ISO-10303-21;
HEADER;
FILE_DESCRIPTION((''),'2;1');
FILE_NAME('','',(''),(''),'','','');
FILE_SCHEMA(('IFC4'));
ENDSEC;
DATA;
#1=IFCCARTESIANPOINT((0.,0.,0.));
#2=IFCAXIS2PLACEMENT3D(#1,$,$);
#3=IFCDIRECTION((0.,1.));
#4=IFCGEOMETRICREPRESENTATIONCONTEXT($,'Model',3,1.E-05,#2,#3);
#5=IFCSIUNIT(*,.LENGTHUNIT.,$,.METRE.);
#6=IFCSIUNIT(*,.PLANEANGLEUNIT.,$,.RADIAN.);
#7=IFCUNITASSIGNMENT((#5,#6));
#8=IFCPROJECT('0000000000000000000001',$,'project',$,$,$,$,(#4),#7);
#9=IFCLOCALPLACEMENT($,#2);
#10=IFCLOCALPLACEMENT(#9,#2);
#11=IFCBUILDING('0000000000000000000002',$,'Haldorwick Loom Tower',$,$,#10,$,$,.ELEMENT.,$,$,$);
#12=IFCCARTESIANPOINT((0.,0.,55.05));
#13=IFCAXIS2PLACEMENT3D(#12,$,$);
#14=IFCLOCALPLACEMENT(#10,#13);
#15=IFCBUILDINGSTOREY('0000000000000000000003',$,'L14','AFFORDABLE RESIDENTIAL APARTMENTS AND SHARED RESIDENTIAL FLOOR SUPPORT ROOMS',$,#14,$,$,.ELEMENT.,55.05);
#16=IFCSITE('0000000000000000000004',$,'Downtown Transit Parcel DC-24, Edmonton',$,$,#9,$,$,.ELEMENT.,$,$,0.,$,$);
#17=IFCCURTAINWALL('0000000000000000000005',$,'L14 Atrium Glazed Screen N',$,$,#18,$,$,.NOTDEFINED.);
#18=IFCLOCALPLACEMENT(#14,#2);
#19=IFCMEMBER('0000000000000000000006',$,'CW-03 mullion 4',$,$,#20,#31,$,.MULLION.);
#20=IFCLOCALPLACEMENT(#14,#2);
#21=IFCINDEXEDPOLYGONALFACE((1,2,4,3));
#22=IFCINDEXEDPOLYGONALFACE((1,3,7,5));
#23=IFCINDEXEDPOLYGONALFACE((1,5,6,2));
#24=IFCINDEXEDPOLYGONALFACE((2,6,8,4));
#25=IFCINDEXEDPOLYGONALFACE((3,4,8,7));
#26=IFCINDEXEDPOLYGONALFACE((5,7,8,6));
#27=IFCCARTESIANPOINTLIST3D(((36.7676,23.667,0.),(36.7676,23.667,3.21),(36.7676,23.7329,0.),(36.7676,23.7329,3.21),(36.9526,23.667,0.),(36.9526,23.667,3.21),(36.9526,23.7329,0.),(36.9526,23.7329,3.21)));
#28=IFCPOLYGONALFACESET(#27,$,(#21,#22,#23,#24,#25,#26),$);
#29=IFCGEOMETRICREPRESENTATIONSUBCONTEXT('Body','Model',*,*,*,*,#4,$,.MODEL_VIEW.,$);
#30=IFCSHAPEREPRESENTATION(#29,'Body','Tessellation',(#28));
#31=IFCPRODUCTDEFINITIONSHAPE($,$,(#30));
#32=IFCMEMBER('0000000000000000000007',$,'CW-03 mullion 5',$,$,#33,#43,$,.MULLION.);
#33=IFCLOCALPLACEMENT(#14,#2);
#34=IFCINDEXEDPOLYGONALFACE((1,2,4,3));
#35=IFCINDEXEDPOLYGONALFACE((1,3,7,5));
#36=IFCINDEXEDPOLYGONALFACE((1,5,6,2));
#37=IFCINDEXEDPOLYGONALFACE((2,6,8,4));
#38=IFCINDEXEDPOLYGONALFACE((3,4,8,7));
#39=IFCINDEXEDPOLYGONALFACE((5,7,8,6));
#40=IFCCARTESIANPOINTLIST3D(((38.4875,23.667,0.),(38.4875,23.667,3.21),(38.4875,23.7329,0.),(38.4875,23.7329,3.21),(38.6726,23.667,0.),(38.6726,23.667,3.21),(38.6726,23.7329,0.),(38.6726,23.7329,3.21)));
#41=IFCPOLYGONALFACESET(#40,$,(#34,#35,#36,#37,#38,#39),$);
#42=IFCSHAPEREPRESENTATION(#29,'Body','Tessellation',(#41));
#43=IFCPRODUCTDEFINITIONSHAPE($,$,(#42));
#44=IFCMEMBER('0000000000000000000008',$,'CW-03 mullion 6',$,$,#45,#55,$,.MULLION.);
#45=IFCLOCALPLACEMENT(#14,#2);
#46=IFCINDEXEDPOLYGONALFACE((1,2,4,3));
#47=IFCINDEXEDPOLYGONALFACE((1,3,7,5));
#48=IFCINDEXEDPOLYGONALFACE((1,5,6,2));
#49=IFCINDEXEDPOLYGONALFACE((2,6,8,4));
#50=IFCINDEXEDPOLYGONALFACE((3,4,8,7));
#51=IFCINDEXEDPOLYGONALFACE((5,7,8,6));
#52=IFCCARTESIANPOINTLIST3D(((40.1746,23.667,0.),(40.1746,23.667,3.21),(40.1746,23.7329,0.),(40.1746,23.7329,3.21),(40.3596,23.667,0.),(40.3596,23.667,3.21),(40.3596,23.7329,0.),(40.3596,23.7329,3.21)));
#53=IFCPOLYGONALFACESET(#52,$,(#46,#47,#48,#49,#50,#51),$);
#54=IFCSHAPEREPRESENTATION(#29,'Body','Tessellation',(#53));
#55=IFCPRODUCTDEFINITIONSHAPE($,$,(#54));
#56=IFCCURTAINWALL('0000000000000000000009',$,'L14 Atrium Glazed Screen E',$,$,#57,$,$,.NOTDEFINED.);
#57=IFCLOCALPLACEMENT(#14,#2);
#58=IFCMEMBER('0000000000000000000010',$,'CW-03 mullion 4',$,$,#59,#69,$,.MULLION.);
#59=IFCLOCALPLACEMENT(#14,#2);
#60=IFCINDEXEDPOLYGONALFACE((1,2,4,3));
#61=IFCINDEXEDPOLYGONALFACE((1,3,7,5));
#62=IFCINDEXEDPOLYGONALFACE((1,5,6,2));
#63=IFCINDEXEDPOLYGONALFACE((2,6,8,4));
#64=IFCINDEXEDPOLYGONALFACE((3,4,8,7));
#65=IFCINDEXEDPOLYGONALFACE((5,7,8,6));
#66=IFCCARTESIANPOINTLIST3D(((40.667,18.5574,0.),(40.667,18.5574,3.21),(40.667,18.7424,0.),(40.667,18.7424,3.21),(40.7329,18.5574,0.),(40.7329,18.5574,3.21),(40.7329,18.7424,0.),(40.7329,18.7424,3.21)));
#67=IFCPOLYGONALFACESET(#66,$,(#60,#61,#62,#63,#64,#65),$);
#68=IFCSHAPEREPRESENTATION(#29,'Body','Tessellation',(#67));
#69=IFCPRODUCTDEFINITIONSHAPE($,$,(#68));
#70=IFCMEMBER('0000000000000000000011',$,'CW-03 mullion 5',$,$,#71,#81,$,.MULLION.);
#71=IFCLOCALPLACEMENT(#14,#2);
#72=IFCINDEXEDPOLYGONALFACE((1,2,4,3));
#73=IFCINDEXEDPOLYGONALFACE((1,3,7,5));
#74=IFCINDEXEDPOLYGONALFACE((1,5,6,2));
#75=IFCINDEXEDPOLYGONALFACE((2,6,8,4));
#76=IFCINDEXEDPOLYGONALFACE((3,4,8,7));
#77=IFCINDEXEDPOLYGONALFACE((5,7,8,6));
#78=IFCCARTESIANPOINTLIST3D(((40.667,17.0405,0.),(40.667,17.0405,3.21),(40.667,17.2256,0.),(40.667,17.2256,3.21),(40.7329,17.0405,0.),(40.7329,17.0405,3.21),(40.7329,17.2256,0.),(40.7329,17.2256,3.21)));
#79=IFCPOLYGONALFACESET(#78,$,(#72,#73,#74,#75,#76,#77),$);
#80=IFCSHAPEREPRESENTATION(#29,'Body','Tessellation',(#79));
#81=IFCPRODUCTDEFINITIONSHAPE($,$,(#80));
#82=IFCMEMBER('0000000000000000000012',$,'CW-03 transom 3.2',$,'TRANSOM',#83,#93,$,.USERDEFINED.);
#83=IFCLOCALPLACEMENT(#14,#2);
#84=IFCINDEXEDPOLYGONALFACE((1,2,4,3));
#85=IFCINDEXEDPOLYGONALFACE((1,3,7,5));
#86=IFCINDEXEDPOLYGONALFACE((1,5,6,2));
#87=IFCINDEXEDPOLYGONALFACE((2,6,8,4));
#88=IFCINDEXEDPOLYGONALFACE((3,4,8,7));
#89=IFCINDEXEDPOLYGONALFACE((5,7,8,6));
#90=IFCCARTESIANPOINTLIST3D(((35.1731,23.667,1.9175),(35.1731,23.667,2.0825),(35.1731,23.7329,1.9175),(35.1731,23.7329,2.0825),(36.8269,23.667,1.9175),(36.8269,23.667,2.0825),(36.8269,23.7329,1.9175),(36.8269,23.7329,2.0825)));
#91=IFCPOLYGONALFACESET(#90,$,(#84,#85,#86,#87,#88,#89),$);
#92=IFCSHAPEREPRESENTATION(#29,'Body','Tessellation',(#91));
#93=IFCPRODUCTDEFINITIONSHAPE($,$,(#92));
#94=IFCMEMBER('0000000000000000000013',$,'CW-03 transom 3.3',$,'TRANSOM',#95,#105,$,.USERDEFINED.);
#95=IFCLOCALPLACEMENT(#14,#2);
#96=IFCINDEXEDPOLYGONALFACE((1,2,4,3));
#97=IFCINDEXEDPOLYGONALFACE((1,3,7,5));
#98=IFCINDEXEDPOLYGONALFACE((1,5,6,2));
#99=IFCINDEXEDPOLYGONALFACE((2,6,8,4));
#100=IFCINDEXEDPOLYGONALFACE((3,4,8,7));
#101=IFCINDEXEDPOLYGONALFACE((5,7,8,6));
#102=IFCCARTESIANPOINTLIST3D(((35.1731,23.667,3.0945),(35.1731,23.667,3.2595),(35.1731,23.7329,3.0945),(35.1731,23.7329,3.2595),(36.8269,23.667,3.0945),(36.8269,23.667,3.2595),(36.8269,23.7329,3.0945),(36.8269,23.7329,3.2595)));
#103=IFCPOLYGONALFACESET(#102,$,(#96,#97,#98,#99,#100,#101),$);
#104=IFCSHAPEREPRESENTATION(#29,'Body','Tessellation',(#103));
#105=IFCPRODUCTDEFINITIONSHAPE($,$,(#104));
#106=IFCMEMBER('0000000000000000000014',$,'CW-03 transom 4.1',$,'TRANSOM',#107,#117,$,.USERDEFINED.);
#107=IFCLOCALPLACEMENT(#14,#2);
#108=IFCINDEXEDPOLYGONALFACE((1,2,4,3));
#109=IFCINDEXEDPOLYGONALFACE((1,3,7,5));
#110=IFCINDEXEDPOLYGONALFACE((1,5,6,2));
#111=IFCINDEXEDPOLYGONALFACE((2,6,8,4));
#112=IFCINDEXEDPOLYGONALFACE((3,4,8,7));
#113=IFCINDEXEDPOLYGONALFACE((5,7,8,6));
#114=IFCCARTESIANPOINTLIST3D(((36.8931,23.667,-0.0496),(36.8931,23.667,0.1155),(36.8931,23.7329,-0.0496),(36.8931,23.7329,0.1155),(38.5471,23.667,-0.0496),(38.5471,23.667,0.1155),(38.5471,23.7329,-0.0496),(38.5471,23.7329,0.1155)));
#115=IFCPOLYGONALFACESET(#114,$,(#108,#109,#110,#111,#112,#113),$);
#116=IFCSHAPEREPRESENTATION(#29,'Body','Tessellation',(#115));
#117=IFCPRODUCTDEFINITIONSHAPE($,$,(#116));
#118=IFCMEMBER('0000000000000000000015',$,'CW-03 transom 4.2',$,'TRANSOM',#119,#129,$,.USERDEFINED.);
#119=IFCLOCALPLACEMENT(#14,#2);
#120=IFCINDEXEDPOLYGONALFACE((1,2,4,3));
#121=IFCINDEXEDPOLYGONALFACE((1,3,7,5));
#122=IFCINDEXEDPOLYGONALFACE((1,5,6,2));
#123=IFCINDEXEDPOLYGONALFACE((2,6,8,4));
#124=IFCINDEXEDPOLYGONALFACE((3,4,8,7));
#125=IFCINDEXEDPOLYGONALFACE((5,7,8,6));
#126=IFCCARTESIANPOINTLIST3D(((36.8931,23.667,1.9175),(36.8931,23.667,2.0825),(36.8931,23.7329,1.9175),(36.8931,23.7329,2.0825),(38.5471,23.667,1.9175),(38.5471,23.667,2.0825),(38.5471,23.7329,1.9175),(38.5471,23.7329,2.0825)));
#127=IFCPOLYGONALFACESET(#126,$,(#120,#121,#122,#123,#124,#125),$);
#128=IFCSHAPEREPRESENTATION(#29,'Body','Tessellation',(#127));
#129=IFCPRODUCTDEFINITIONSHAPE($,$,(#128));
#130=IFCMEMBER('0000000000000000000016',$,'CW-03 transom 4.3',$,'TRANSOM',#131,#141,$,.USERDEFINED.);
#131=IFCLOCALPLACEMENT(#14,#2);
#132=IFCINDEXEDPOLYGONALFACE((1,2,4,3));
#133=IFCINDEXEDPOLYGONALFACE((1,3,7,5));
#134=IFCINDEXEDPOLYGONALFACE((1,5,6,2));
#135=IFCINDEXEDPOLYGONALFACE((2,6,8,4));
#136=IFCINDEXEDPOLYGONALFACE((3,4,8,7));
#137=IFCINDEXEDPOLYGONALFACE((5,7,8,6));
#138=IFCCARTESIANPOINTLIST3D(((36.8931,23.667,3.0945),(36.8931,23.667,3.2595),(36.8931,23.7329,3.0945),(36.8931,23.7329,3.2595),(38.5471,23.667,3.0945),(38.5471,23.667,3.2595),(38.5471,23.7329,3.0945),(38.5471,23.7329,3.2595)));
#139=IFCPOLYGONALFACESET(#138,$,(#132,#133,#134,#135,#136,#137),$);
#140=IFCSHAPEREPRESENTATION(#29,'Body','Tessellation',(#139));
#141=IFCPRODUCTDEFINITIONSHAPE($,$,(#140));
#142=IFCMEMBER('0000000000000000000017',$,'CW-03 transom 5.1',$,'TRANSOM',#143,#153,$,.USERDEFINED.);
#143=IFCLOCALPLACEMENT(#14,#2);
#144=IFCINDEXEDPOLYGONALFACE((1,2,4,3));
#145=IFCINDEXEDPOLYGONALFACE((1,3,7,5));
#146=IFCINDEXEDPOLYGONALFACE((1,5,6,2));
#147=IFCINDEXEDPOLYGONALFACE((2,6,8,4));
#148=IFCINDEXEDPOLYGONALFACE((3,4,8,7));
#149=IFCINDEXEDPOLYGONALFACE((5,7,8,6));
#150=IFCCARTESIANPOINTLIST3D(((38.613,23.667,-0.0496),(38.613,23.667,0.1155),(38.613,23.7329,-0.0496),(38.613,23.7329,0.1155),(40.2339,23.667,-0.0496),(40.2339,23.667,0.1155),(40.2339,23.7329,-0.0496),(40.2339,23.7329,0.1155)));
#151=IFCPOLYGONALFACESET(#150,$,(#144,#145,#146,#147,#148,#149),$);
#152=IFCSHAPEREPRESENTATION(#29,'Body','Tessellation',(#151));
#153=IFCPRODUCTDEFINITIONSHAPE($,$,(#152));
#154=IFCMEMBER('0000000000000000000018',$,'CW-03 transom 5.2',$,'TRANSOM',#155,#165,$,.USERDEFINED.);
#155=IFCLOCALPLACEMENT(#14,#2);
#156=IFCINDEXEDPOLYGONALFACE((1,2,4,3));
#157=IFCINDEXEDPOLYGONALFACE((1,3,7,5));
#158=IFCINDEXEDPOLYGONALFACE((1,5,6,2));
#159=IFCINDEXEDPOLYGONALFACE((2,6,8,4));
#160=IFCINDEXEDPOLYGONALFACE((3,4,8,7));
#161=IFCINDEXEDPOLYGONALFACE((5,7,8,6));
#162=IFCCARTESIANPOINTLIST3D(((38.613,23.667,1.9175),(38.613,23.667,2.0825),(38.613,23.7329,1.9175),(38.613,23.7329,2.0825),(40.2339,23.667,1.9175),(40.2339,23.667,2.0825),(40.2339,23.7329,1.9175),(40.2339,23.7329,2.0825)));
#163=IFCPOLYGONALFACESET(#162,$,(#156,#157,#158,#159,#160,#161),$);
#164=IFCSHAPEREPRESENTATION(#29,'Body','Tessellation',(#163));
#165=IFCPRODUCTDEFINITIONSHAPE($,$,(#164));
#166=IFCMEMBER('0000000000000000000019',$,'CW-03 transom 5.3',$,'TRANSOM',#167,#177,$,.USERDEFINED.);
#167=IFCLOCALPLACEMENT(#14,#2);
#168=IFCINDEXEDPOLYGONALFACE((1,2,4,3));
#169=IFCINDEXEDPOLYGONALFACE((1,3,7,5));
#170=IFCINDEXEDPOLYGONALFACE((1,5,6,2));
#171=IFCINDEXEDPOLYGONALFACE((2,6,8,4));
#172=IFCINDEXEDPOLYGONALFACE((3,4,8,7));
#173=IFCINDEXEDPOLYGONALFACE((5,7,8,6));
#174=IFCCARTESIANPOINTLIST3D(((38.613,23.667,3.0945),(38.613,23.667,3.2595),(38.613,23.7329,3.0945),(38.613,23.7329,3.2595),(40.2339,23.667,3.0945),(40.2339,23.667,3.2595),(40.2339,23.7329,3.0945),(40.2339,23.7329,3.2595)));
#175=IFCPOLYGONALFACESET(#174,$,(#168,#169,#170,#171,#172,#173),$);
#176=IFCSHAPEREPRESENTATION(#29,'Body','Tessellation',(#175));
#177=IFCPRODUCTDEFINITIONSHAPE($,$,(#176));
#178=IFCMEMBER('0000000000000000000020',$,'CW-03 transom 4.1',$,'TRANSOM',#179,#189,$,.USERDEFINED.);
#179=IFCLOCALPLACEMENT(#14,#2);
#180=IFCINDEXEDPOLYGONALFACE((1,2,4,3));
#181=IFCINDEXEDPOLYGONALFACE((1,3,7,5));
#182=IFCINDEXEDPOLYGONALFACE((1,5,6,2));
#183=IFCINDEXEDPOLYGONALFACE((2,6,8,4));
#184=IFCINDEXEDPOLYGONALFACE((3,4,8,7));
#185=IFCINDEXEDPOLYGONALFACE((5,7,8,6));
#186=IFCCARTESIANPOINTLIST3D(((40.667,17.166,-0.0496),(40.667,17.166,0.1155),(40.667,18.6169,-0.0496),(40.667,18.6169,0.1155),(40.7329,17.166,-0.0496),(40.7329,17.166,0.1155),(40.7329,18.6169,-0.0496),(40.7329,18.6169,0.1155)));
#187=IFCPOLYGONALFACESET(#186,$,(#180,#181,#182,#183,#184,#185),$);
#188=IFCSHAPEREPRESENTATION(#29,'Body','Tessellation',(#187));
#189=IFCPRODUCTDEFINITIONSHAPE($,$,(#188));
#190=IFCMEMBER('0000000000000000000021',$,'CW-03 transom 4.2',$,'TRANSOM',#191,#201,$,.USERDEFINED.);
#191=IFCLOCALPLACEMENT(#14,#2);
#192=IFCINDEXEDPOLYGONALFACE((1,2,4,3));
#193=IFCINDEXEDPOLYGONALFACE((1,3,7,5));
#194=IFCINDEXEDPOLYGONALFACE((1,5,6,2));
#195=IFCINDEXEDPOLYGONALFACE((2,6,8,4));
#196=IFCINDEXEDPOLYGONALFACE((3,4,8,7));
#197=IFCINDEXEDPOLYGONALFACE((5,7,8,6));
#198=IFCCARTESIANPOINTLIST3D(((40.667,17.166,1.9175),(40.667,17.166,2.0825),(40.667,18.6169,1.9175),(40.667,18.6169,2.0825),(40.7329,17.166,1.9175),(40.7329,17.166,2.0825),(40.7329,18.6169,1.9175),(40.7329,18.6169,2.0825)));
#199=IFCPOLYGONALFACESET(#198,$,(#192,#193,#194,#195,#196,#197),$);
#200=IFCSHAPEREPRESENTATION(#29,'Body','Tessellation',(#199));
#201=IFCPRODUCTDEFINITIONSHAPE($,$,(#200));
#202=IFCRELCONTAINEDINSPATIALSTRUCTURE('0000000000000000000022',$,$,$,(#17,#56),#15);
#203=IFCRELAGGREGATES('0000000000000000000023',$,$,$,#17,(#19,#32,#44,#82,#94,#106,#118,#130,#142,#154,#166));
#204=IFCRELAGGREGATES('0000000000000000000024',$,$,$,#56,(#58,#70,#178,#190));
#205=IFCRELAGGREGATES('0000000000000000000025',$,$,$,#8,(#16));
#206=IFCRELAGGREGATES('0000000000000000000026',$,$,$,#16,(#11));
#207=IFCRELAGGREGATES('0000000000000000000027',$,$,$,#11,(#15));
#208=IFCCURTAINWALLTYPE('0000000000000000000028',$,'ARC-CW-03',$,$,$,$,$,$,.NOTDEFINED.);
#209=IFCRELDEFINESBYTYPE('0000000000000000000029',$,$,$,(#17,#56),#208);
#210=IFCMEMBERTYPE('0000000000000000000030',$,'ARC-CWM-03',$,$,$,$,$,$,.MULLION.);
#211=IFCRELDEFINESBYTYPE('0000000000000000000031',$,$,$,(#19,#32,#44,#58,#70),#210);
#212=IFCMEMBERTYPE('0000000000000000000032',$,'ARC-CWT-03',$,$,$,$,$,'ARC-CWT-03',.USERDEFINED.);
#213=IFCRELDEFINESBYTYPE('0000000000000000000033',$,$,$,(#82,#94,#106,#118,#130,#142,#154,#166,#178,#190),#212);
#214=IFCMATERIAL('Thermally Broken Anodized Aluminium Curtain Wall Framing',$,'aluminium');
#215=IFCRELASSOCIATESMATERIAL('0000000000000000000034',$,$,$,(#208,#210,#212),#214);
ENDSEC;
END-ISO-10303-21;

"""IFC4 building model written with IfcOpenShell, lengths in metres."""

from ifc_helpers import new_model, si_unit, direction, frame, origin, origin_2d, place, context, subcontext, project, spatial, rectangle, extrude, material, material_profile, profile_set, type_object, element, aggregate, save


model = new_model("IFC4")

# Units and contexts
model_context = context("Model", 3, precision=1e-05, world=origin(), true_north=direction((0.0, 1.0)))
body_context = subcontext(model_context, "Body", "Model", "MODEL_VIEW")
ifc_project = project(units=[si_unit("LENGTHUNIT", "METRE"), si_unit("PLANEANGLEUNIT", "RADIAN")], contexts=[model_context])

# Site, building, storey
site_placement = place(None, origin())
site = spatial("IfcSite", under=ifc_project, at=site_placement, Name="Downtown Transit Parcel DC-24, Edmonton", CompositionType="ELEMENT", RefElevation=0.0)
building_placement = place(site_placement, origin())
building = spatial("IfcBuilding", under=site, at=building_placement, Name="Haldorwick Loom Tower", CompositionType="ELEMENT")
storey_placement = place(building_placement, frame((0.0, 0.0, 55.05)))
storey = spatial("IfcBuildingStorey", under=building, at=storey_placement, Name="L14", Description="AFFORDABLE RESIDENTIAL APARTMENTS AND SHARED RESIDENTIAL FLOOR SUPPORT ROOMS", CompositionType="ELEMENT", Elevation=55.05)

# Curtain walls, members
ifc_material_1 = material(Name="Thermally Broken Anodized Aluminium Curtain Wall Framing", Category="aluminium")
curtain_wall_type = type_object("IfcCurtainWallType", Name="ARC-CW-03", PredefinedType="NOTDEFINED", material=ifc_material_1)
curtain_wall_1_placement = place(storey_placement, origin())
curtain_wall_1 = element("IfcCurtainWall", 1, at=curtain_wall_1_placement, inside=storey, type_object=curtain_wall_type, Name="L14 Atrium Glazed Screen N", PredefinedType="NOTDEFINED")
ifc_material_profile_1 = material_profile(ifc_material_1, rectangle(XDim=0.0659, YDim=0.1851, at=origin_2d()), Name="ALU_MUL_66X185", Category="aluminium")
ifc_profile_set_1 = profile_set([ifc_material_profile_1], Name="Thermally Broken Anodized Aluminium Curtain Wall Framing")
member_type_1 = type_object("IfcMemberType", Name="ARC-CWM-03", PredefinedType="MULLION", material=ifc_profile_set_1)
member_1_placement = place(storey_placement, frame((36.8601, 23.7, 0.0), z_axis=(0.0, 0.0, 1.0), x_axis=(0.0, 1.0, 0.0)))
member_1 = element("IfcMember", 2, at=member_1_placement, type_object=member_type_1, Name="CW-03 mullion 4", PredefinedType="MULLION", context=body_context, shape_type="SweptSolid", body=[
    extrude(rectangle(XDim=0.0659, YDim=0.1851, at=origin_2d()), origin(), (0.0, 0.0, 1.0), 3.21),
])
member_2_placement = place(storey_placement, frame((38.5801, 23.7, 0.0), z_axis=(0.0, 0.0, 1.0), x_axis=(0.0, 1.0, 0.0)))
member_2 = element("IfcMember", 3, at=member_2_placement, type_object=member_type_1, Name="CW-03 mullion 5", PredefinedType="MULLION", context=body_context, shape_type="SweptSolid", body=[
    extrude(rectangle(XDim=0.0659, YDim=0.1851, at=origin_2d()), origin(), (0.0, 0.0, 1.0), 3.21),
])
member_3_placement = place(storey_placement, frame((40.2671, 23.7, 0.0), z_axis=(0.0, 0.0, 1.0), x_axis=(0.0, 1.0, 0.0)))
member_3 = element("IfcMember", 4, at=member_3_placement, type_object=member_type_1, Name="CW-03 mullion 6", PredefinedType="MULLION", context=body_context, shape_type="SweptSolid", body=[
    extrude(rectangle(XDim=0.0659, YDim=0.1851, at=origin_2d()), origin(), (0.0, 0.0, 1.0), 3.21),
])
curtain_wall_2_placement = place(storey_placement, origin())
curtain_wall_2 = element("IfcCurtainWall", 5, at=curtain_wall_2_placement, inside=storey, type_object=curtain_wall_type, Name="L14 Atrium Glazed Screen E", PredefinedType="NOTDEFINED")
member_4_placement = place(storey_placement, frame((40.7, 18.6499, 0.0), z_axis=(0.0, 0.0, 1.0), x_axis=(1.0, 0.0, 0.0)))
member_4 = element("IfcMember", 6, at=member_4_placement, type_object=member_type_1, Name="CW-03 mullion 4", PredefinedType="MULLION", context=body_context, shape_type="SweptSolid", body=[
    extrude(rectangle(XDim=0.0659, YDim=0.1851, at=origin_2d()), origin(), (0.0, 0.0, 1.0), 3.21),
])
member_5_placement = place(storey_placement, frame((40.7, 17.1331, 0.0), z_axis=(0.0, 0.0, 1.0), x_axis=(1.0, 0.0, 0.0)))
member_5 = element("IfcMember", 7, at=member_5_placement, type_object=member_type_1, Name="CW-03 mullion 5", PredefinedType="MULLION", context=body_context, shape_type="SweptSolid", body=[
    extrude(rectangle(XDim=0.0659, YDim=0.1851, at=origin_2d()), origin(), (0.0, 0.0, 1.0), 3.21),
])

# Members
ifc_material_profile_2 = material_profile(ifc_material_1, rectangle(XDim=0.0659, YDim=0.165, at=origin_2d()), Name="ALU_TRN_66X165", Category="aluminium")
ifc_profile_set_2 = profile_set([ifc_material_profile_2], Name="Thermally Broken Anodized Aluminium Curtain Wall Framing")
member_type_2 = type_object("IfcMemberType", Name="ARC-CWT-03", ElementType="ARC-CWT-03", PredefinedType="USERDEFINED", material=ifc_profile_set_2)
member_6_placement = place(storey_placement, frame((35.1731, 23.7, 2.0), z_axis=(1.0, 0.0, 0.0), x_axis=(0.0, 1.0, 0.0)))
member_6 = element("IfcMember", 8, at=member_6_placement, type_object=member_type_2, Name="CW-03 transom 3.2", ObjectType="TRANSOM", PredefinedType="USERDEFINED", context=body_context, shape_type="SweptSolid", body=[
    extrude(rectangle(XDim=0.0659, YDim=0.165, at=origin_2d()), origin(), (0.0, 0.0, 1.0), 1.6538),
])
member_7_placement = place(storey_placement, frame((35.1731, 23.7, 3.177), z_axis=(1.0, 0.0, 0.0), x_axis=(0.0, 1.0, 0.0)))
member_7 = element("IfcMember", 9, at=member_7_placement, type_object=member_type_2, Name="CW-03 transom 3.3", ObjectType="TRANSOM", PredefinedType="USERDEFINED", context=body_context, shape_type="SweptSolid", body=[
    extrude(rectangle(XDim=0.0659, YDim=0.165, at=origin_2d()), origin(), (0.0, 0.0, 1.0), 1.6538),
])
member_8_placement = place(storey_placement, frame((36.8931, 23.7, 0.033), z_axis=(1.0, 0.0, 0.0), x_axis=(0.0, 1.0, 0.0)))
member_8 = element("IfcMember", 10, at=member_8_placement, type_object=member_type_2, Name="CW-03 transom 4.1", ObjectType="TRANSOM", PredefinedType="USERDEFINED", context=body_context, shape_type="SweptSolid", body=[
    extrude(rectangle(XDim=0.0659, YDim=0.165, at=origin_2d()), origin(), (0.0, 0.0, 1.0), 1.6541),
])
member_9_placement = place(storey_placement, frame((36.8931, 23.7, 2.0), z_axis=(1.0, 0.0, 0.0), x_axis=(0.0, 1.0, 0.0)))
member_9 = element("IfcMember", 11, at=member_9_placement, type_object=member_type_2, Name="CW-03 transom 4.2", ObjectType="TRANSOM", PredefinedType="USERDEFINED", context=body_context, shape_type="SweptSolid", body=[
    extrude(rectangle(XDim=0.0659, YDim=0.165, at=origin_2d()), origin(), (0.0, 0.0, 1.0), 1.6541),
])
member_10_placement = place(storey_placement, frame((36.8931, 23.7, 3.177), z_axis=(1.0, 0.0, 0.0), x_axis=(0.0, 1.0, 0.0)))
member_10 = element("IfcMember", 12, at=member_10_placement, type_object=member_type_2, Name="CW-03 transom 4.3", ObjectType="TRANSOM", PredefinedType="USERDEFINED", context=body_context, shape_type="SweptSolid", body=[
    extrude(rectangle(XDim=0.0659, YDim=0.165, at=origin_2d()), origin(), (0.0, 0.0, 1.0), 1.6541),
])
member_11_placement = place(storey_placement, frame((38.613, 23.7, 0.033), z_axis=(1.0, 0.0, 0.0), x_axis=(0.0, 1.0, 0.0)))
member_11 = element("IfcMember", 13, at=member_11_placement, type_object=member_type_2, Name="CW-03 transom 5.1", ObjectType="TRANSOM", PredefinedType="USERDEFINED", context=body_context, shape_type="SweptSolid", body=[
    extrude(rectangle(XDim=0.0659, YDim=0.165, at=origin_2d()), origin(), (0.0, 0.0, 1.0), 1.6208),
])
member_12_placement = place(storey_placement, frame((38.613, 23.7, 2.0), z_axis=(1.0, 0.0, 0.0), x_axis=(0.0, 1.0, 0.0)))
member_12 = element("IfcMember", 14, at=member_12_placement, type_object=member_type_2, Name="CW-03 transom 5.2", ObjectType="TRANSOM", PredefinedType="USERDEFINED", context=body_context, shape_type="SweptSolid", body=[
    extrude(rectangle(XDim=0.0659, YDim=0.165, at=origin_2d()), origin(), (0.0, 0.0, 1.0), 1.6208),
])
member_13_placement = place(storey_placement, frame((38.613, 23.7, 3.177), z_axis=(1.0, 0.0, 0.0), x_axis=(0.0, 1.0, 0.0)))
member_13 = element("IfcMember", 15, at=member_13_placement, type_object=member_type_2, Name="CW-03 transom 5.3", ObjectType="TRANSOM", PredefinedType="USERDEFINED", context=body_context, shape_type="SweptSolid", body=[
    extrude(rectangle(XDim=0.0659, YDim=0.165, at=origin_2d()), origin(), (0.0, 0.0, 1.0), 1.6208),
])
member_14_placement = place(storey_placement, frame((40.7, 18.6169, 0.033), z_axis=(0.0, -1.0, 0.0), x_axis=(1.0, 0.0, 0.0)))
member_14 = element("IfcMember", 16, at=member_14_placement, type_object=member_type_2, Name="CW-03 transom 4.1", ObjectType="TRANSOM", PredefinedType="USERDEFINED", context=body_context, shape_type="SweptSolid", body=[
    extrude(rectangle(XDim=0.0659, YDim=0.165, at=origin_2d()), origin(), (0.0, 0.0, 1.0), 1.4509),
])
member_15_placement = place(storey_placement, frame((40.7, 18.6169, 2.0), z_axis=(0.0, -1.0, 0.0), x_axis=(1.0, 0.0, 0.0)))
member_15 = element("IfcMember", 17, at=member_15_placement, type_object=member_type_2, Name="CW-03 transom 4.2", ObjectType="TRANSOM", PredefinedType="USERDEFINED", context=body_context, shape_type="SweptSolid", body=[
    extrude(rectangle(XDim=0.0659, YDim=0.165, at=origin_2d()), origin(), (0.0, 0.0, 1.0), 1.4509),
])

aggregate(curtain_wall_1, [member_1, member_2, member_3, member_6, member_7, member_8, member_9, member_10, member_11, member_12, member_13])
aggregate(curtain_wall_2, [member_4, member_5, member_14, member_15])

save(model, "model.ifc")
